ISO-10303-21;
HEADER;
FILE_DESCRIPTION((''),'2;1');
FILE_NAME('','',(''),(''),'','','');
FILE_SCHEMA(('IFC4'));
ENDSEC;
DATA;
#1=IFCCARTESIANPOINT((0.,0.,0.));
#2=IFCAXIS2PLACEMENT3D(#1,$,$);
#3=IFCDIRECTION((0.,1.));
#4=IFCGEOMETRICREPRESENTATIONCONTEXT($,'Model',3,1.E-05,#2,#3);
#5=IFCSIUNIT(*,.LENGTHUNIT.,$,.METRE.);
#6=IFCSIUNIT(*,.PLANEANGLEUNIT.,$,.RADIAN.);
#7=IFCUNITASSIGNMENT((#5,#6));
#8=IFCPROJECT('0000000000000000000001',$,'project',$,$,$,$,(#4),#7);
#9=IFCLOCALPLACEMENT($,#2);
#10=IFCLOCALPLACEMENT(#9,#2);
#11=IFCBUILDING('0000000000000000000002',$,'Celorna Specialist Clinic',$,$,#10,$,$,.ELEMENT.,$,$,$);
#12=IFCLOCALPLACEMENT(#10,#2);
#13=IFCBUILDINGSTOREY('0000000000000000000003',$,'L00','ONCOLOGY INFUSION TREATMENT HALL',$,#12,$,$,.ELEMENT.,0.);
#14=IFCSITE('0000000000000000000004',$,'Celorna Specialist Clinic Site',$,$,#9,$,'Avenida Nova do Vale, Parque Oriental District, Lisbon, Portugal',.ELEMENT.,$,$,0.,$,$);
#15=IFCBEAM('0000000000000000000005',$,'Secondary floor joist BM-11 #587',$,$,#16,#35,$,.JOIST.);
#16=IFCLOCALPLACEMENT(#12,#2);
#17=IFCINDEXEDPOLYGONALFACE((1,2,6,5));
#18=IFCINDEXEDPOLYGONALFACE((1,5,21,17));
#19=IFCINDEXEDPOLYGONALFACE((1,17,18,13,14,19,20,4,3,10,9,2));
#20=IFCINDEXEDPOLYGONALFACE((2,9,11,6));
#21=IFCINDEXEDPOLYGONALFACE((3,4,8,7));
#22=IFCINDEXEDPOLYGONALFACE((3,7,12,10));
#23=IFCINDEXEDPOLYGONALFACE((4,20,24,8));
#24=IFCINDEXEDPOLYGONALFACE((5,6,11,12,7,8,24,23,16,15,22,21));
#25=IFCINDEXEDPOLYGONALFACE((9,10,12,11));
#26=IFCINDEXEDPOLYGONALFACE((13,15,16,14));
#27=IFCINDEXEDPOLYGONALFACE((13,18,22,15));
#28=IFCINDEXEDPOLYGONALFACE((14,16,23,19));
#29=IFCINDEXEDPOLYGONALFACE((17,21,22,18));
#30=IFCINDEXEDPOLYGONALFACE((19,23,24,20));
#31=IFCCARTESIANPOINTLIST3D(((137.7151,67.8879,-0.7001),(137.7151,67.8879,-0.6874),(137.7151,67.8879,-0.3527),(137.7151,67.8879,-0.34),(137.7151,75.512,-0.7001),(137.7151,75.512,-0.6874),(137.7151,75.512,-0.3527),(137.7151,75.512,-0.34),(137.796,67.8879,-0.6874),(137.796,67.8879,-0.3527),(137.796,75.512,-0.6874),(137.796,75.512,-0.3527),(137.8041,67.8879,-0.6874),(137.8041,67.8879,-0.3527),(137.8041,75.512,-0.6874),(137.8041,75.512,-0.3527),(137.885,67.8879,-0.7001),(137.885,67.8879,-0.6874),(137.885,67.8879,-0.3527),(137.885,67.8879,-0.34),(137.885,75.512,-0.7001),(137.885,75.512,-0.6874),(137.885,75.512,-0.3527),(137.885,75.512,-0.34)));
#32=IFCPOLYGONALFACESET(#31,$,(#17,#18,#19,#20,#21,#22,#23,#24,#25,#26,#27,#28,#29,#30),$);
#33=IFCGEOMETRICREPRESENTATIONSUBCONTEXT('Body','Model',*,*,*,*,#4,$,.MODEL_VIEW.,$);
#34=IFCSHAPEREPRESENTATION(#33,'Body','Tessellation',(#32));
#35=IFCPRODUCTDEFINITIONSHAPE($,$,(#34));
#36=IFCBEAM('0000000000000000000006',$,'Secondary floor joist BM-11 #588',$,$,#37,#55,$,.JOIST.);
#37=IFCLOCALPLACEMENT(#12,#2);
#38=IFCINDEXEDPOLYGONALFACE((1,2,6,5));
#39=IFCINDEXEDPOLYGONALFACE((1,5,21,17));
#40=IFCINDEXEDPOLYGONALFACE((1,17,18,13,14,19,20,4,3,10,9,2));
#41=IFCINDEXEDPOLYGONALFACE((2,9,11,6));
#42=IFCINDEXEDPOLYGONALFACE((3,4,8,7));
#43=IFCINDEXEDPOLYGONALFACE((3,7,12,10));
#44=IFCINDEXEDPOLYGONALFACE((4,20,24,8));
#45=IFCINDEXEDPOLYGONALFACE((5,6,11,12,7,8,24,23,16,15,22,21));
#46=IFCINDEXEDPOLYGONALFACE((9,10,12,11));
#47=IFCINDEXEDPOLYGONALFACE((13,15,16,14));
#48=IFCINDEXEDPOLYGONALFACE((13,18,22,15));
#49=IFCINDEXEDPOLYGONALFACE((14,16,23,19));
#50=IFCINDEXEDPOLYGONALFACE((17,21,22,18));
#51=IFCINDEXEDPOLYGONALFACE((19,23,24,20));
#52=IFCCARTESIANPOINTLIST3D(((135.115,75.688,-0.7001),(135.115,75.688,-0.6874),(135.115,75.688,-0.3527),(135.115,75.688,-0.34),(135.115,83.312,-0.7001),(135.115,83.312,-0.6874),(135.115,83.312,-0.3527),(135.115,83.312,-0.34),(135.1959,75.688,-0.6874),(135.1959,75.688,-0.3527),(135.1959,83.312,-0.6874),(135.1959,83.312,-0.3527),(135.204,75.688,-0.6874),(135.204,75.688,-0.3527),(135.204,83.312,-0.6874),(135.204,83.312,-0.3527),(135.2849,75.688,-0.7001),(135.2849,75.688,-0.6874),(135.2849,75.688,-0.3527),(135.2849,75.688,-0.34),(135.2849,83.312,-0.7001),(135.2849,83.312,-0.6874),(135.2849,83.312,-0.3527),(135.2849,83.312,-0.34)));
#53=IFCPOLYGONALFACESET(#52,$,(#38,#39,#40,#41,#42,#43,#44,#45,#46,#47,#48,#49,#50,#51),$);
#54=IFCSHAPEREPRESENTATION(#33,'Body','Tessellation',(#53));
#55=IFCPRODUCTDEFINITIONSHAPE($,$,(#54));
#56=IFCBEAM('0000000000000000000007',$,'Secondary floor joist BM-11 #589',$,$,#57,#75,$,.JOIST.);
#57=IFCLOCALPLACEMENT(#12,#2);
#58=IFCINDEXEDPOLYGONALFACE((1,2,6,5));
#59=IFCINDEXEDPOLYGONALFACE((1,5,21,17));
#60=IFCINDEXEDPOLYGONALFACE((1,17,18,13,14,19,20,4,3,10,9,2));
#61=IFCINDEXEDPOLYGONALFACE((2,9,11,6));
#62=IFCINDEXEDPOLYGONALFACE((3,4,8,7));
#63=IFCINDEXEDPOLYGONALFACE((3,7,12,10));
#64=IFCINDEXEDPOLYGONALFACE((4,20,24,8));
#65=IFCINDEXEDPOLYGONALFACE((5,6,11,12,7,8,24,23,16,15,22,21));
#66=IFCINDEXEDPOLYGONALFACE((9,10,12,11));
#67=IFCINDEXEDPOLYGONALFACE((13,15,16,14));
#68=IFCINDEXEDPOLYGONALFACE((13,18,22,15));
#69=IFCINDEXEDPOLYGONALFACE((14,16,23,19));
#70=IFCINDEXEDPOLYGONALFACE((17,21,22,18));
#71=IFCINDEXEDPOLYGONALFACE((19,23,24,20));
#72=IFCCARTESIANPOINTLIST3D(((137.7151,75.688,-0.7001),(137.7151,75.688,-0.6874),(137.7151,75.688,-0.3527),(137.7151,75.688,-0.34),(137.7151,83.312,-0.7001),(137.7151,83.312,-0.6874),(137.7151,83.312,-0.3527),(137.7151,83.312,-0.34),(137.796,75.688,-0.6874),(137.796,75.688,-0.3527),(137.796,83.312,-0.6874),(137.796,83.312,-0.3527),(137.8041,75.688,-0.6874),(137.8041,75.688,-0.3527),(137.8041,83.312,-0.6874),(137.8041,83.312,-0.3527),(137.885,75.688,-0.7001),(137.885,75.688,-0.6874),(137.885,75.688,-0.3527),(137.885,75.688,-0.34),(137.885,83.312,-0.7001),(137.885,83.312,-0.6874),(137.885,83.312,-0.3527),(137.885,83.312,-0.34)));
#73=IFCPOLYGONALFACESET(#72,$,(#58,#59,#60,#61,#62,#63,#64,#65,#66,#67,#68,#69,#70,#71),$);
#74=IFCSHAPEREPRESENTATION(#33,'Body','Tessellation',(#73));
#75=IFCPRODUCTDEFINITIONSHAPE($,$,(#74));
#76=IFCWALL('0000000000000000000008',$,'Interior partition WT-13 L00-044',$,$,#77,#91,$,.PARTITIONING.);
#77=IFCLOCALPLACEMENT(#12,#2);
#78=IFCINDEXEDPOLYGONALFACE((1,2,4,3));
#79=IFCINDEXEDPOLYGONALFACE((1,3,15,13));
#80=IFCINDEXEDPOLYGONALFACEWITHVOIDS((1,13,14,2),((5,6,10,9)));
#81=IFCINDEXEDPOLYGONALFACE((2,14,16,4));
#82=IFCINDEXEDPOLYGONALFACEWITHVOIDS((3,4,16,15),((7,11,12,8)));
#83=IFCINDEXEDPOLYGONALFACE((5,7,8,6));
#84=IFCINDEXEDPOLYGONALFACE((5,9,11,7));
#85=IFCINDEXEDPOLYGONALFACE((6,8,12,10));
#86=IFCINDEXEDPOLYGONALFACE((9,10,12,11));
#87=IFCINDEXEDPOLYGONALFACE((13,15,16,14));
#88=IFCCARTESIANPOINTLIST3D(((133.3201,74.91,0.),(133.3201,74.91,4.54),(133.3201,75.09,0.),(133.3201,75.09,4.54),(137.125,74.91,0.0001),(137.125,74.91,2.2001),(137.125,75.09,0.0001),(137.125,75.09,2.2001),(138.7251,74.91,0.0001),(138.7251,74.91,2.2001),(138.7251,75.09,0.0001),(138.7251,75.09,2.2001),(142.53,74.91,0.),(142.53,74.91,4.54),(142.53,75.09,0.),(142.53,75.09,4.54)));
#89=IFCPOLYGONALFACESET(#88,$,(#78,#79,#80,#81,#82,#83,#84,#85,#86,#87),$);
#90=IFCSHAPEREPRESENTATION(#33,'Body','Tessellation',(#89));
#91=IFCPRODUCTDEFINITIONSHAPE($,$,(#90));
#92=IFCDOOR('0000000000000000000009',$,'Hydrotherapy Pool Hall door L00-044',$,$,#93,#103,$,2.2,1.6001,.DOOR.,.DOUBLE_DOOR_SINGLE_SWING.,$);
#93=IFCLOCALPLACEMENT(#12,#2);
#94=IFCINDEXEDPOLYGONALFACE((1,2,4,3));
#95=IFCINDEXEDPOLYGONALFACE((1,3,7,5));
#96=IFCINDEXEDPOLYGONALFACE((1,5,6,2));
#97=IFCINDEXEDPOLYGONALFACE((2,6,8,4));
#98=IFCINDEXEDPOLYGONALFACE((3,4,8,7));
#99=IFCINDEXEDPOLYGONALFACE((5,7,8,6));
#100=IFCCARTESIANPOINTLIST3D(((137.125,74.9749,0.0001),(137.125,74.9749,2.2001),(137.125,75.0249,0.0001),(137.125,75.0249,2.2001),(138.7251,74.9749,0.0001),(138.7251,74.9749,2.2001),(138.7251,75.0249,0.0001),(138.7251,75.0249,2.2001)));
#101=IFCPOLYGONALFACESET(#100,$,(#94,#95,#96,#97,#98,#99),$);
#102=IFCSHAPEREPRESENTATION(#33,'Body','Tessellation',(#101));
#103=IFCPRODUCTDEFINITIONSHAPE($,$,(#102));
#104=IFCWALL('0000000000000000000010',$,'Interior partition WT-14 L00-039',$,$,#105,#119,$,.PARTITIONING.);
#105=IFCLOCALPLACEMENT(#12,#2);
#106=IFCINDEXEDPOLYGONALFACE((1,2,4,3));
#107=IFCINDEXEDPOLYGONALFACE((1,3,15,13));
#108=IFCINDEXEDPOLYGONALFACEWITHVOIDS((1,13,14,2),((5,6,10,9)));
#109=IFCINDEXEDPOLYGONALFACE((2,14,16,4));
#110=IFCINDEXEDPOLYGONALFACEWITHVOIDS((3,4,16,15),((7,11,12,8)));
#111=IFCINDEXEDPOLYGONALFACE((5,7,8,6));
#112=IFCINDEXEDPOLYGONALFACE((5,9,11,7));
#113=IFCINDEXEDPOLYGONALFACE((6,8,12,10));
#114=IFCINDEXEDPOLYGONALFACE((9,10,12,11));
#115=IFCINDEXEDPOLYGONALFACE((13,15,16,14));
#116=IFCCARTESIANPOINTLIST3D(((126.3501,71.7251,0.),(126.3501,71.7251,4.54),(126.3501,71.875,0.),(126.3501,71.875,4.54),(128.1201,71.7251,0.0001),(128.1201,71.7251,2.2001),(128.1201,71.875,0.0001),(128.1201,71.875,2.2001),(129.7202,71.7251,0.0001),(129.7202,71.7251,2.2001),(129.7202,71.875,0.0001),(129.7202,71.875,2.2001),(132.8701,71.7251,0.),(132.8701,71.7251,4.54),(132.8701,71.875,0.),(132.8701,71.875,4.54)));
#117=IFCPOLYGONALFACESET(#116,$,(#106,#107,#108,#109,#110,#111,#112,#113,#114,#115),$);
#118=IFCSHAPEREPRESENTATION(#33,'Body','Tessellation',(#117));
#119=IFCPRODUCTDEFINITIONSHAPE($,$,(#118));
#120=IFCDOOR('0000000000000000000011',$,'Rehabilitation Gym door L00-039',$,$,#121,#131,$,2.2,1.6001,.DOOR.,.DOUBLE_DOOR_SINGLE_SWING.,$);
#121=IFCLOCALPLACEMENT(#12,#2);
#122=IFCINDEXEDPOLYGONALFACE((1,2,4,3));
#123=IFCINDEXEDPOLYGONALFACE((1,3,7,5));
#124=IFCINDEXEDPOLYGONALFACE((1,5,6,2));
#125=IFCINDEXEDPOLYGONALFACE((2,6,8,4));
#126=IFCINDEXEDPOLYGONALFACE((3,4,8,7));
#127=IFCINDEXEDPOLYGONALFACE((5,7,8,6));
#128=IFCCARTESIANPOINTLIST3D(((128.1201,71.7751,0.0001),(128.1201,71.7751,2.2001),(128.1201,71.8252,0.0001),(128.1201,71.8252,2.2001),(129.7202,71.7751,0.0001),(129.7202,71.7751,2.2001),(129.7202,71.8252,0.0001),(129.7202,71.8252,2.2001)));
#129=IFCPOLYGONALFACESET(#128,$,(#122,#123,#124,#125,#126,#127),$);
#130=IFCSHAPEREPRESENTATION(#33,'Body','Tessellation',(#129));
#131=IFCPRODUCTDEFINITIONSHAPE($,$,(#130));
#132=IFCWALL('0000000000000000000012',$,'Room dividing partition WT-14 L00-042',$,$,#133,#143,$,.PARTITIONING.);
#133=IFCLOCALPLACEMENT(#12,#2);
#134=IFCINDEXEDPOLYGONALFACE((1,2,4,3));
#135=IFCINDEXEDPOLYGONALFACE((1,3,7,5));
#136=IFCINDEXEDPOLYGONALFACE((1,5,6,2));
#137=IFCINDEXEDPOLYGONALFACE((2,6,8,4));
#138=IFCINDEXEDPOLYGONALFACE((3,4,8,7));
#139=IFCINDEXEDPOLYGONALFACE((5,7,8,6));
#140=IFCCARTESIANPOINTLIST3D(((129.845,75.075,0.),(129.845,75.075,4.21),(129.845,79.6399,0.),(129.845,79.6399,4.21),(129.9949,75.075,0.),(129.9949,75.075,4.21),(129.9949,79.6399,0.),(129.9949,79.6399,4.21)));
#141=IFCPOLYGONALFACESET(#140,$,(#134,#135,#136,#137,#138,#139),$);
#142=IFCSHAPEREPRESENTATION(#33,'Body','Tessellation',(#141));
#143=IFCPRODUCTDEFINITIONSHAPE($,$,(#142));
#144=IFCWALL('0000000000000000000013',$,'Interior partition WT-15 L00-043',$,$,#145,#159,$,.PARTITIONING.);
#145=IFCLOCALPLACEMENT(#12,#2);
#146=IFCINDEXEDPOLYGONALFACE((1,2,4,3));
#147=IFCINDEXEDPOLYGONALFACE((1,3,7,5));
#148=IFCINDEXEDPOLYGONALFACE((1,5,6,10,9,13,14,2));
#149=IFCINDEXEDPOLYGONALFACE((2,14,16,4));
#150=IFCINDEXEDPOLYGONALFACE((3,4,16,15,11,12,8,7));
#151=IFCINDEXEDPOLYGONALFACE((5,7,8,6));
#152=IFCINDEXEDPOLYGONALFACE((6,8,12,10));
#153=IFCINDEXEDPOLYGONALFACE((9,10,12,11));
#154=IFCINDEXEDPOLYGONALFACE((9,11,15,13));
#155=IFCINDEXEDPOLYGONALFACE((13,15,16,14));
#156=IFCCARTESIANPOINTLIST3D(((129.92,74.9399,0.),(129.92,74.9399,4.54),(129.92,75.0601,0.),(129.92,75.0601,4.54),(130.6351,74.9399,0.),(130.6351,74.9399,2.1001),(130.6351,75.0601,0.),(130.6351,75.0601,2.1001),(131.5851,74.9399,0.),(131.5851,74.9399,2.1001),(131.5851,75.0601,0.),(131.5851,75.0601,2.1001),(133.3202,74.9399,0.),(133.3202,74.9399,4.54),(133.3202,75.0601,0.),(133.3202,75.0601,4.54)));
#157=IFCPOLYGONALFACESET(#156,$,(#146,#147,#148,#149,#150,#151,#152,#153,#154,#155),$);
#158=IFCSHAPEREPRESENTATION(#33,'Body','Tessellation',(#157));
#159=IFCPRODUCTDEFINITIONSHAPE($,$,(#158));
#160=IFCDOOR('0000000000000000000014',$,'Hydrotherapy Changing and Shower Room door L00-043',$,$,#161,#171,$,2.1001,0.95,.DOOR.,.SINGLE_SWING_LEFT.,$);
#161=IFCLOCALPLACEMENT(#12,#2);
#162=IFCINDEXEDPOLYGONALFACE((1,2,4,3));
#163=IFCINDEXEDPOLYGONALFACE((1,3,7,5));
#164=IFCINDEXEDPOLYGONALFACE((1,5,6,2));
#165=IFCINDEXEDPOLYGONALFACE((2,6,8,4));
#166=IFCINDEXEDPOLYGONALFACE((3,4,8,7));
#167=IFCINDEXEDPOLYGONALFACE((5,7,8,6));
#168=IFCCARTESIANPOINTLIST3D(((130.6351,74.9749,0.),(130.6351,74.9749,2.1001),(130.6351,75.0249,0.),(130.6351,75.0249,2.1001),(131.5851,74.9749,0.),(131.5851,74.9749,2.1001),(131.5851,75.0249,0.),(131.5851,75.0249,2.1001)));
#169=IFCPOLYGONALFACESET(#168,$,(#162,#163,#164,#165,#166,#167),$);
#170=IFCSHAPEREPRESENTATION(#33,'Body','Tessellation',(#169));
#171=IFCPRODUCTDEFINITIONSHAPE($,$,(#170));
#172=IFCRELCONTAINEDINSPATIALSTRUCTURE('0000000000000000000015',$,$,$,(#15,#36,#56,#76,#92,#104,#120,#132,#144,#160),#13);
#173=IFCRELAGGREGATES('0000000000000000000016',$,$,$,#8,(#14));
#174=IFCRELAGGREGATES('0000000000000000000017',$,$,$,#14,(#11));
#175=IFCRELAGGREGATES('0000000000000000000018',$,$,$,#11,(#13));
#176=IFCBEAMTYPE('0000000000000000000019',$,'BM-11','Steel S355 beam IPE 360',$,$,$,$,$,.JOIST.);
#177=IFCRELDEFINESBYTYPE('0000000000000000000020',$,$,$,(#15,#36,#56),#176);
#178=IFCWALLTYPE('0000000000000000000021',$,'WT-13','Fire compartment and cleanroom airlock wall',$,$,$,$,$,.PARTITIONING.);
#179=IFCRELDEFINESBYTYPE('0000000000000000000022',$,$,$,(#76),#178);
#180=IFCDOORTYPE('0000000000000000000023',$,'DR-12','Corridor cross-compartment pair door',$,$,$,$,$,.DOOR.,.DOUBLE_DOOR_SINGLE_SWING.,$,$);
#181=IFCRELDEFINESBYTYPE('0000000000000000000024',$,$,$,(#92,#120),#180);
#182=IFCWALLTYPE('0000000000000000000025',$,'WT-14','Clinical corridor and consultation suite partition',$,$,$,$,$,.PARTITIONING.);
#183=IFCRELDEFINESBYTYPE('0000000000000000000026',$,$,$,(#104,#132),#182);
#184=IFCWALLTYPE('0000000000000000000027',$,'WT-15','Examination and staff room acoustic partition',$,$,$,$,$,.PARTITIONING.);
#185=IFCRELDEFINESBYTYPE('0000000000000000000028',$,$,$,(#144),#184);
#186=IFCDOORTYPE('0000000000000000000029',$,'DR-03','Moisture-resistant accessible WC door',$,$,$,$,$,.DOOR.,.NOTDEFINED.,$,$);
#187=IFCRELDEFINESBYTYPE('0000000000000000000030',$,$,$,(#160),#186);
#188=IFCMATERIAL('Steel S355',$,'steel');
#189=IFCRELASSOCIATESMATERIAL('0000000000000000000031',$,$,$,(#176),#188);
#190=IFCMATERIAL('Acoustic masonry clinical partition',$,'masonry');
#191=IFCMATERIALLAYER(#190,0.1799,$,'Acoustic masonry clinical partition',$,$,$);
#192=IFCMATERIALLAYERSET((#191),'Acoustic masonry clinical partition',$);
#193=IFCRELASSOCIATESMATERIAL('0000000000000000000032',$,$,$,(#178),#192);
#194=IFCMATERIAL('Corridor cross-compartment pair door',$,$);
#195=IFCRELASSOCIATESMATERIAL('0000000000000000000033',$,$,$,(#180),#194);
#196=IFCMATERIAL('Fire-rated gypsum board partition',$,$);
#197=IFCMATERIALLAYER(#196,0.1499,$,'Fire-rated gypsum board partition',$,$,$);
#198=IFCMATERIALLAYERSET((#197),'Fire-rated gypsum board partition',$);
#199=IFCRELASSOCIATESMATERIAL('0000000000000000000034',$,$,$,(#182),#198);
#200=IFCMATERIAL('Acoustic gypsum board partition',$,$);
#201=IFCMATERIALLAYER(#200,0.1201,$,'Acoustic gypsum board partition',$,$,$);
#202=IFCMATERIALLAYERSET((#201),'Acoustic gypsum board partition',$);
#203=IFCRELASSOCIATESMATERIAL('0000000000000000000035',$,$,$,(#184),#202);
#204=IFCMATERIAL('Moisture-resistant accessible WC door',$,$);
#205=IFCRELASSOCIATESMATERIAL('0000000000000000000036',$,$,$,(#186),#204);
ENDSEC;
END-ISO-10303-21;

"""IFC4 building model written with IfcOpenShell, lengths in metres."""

from ifc_helpers import new_model, si_unit, direction, frame, frame_2d, origin, origin_2d, place, context, subcontext, project, spatial, rectangle, i_section, extrude, material, layer, layer_set, material_profile, profile_set, type_object, element, fill, save


model = new_model("IFC4")

# Units and contexts
model_context = context("Model", 3, precision=1e-05, world=origin(), true_north=direction((0.0, 1.0)))
body_context = subcontext(model_context, "Body", "Model", "MODEL_VIEW")
ifc_project = project(units=[si_unit("LENGTHUNIT", "METRE"), si_unit("PLANEANGLEUNIT", "RADIAN")], contexts=[model_context])

# Site, building, storey
site_placement = place(None, origin())
site = spatial("IfcSite", under=ifc_project, at=site_placement, Name="Celorna Specialist Clinic Site", LongName="Avenida Nova do Vale, Parque Oriental District, Lisbon, Portugal", CompositionType="ELEMENT", RefElevation=0.0)
building_placement = place(site_placement, origin())
building = spatial("IfcBuilding", under=site, at=building_placement, Name="Celorna Specialist Clinic", CompositionType="ELEMENT")
storey_placement = place(building_placement, origin())
storey = spatial("IfcBuildingStorey", under=building, at=storey_placement, Name="L00", Description="ONCOLOGY INFUSION TREATMENT HALL", CompositionType="ELEMENT", Elevation=0.0)

# Shared definitions
ifc_material_1 = material(Name="Steel S355", Category="steel")

# Beams
ifc_material_profile_1 = material_profile(ifc_material_1, i_section(OverallWidth=0.1699, OverallDepth=0.3601, WebThickness=0.0081, FlangeThickness=0.0127, at=origin_2d()), Name="IPE 360")
ifc_profile_set_1 = profile_set([ifc_material_profile_1], Name="Steel S355")
beam_type_1 = type_object("IfcBeamType", Name="BM-11", Description="Steel S355 beam IPE 360", PredefinedType="JOIST", material=ifc_profile_set_1)
for number, where, z_axis, x_axis, name in (
    (1, (137.8, 67.8879, -0.52), (0.0, 1.0, 0.0), (-1.0, 0.0, 0.0), "Secondary floor joist BM-11 #587"),
    (2, (135.2, 75.688, -0.52), (0.0, 1.0, 0.0), (-1.0, 0.0, 0.0), "Secondary floor joist BM-11 #588"),
    (3, (137.8, 75.688, -0.52), (0.0, 1.0, 0.0), (-1.0, 0.0, 0.0), "Secondary floor joist BM-11 #589"),
):
    element("IfcBeam", number, at=place(storey_placement, frame(where, z_axis=z_axis, x_axis=x_axis)), inside=storey, type_object=beam_type_1, Name=name, PredefinedType="JOIST", context=body_context, shape_type="SweptSolid", body=[
        extrude(i_section(OverallWidth=0.1699, OverallDepth=0.3601, WebThickness=0.0081, FlangeThickness=0.0127, at=origin_2d()), origin(), (0.0, 0.0, 1.0), 7.624),
    ])

# Walls, openings, doors
ifc_material_2 = material(Name="Acoustic masonry clinical partition", Category="masonry")
ifc_layer_1 = layer(ifc_material_2, 0.1799, Name="Acoustic masonry clinical partition")
ifc_layer_set_1 = layer_set([ifc_layer_1], Name="Acoustic masonry clinical partition")
wall_type_1 = type_object("IfcWallType", Name="WT-13", Description="Fire compartment and cleanroom airlock wall", PredefinedType="PARTITIONING", material=ifc_layer_set_1)
wall_1_placement = place(storey_placement, frame((133.3201, 75.0, 0.0), z_axis=(0.0, 0.0, 1.0), x_axis=(1.0, 0.0, 0.0)))
wall_1 = element("IfcWall", 4, at=wall_1_placement, inside=storey, type_object=wall_type_1, Name="Interior partition WT-13 L00-044", PredefinedType="PARTITIONING", context=body_context, shape_type="SweptSolid", body=[
    extrude(rectangle(XDim=9.21, YDim=0.1799, at=frame_2d((4.605, 0.0))), origin(), (0.0, 0.0, 1.0), 4.54),
])
opening_1_placement = place(wall_1_placement, frame((3.8049, 0.0, 0.0)))
opening_1 = element("IfcOpeningElement", 5, at=opening_1_placement, cuts=wall_1, PredefinedType="OPENING", context=body_context, shape_type="SweptSolid", body=[
    extrude(rectangle(XDim=1.6001, YDim=2.2, at=frame_2d((0.8, 1.1001))), frame((0.0, 0.0999, 0.0), z_axis=(0.0, -1.0, 0.0), x_axis=(1.0, 0.0, 0.0)), (0.0, 0.0, 1.0), 0.2),
])
ifc_material_3 = material(Name="Corridor cross-compartment pair door")
door_type_1 = type_object("IfcDoorType", Name="DR-12", Description="Corridor cross-compartment pair door", OperationType="DOUBLE_DOOR_SINGLE_SWING", PredefinedType="DOOR", material=ifc_material_3)
door_1_placement = place(opening_1_placement, origin())
door_1 = element("IfcDoor", 6, at=door_1_placement, inside=storey, type_object=door_type_1, Name="Hydrotherapy Pool Hall door L00-044", OperationType="DOUBLE_DOOR_SINGLE_SWING", OverallHeight=2.2, OverallWidth=1.6001, PredefinedType="DOOR", context=body_context, shape_type="SweptSolid", body=[
    extrude(rectangle(XDim=1.6001, YDim=2.2, at=frame_2d((0.8, 1.1001))), frame((0.0, 0.0249, 0.0), z_axis=(0.0, -1.0, 0.0), x_axis=(1.0, 0.0, 0.0)), (0.0, 0.0, 1.0), 0.05),
])
fill(opening_1, door_1)
ifc_material_4 = material(Name="Fire-rated gypsum board partition")
ifc_layer_2 = layer(ifc_material_4, 0.1499, Name="Fire-rated gypsum board partition")
ifc_layer_set_2 = layer_set([ifc_layer_2], Name="Fire-rated gypsum board partition")
wall_type_2 = type_object("IfcWallType", Name="WT-14", Description="Clinical corridor and consultation suite partition", PredefinedType="PARTITIONING", material=ifc_layer_set_2)
wall_2_placement = place(storey_placement, frame((132.8701, 71.8, 0.0), z_axis=(0.0, 0.0, 1.0), x_axis=(-1.0, 0.0, 0.0)))
wall_2 = element("IfcWall", 7, at=wall_2_placement, inside=storey, type_object=wall_type_2, Name="Interior partition WT-14 L00-039", PredefinedType="PARTITIONING", context=body_context, shape_type="SweptSolid", body=[
    extrude(rectangle(XDim=6.52, YDim=0.1499, at=frame_2d((3.26, 0.0))), origin(), (0.0, 0.0, 1.0), 4.54),
])
opening_2_placement = place(wall_2_placement, frame((3.1499, 0.0, 0.0)))
opening_2 = element("IfcOpeningElement", 8, at=opening_2_placement, cuts=wall_2, PredefinedType="OPENING", context=body_context, shape_type="SweptSolid", body=[
    extrude(rectangle(XDim=1.6001, YDim=2.2, at=frame_2d((0.8, 1.1001))), frame((0.0, 0.085, 0.0), z_axis=(0.0, -1.0, 0.0), x_axis=(1.0, 0.0, 0.0)), (0.0, 0.0, 1.0), 0.1699),
])
door_2_placement = place(opening_2_placement, origin())
door_2 = element("IfcDoor", 9, at=door_2_placement, inside=storey, type_object=door_type_1, Name="Rehabilitation Gym door L00-039", OperationType="DOUBLE_DOOR_SINGLE_SWING", OverallHeight=2.2, OverallWidth=1.6001, PredefinedType="DOOR", context=body_context, shape_type="SweptSolid", body=[
    extrude(rectangle(XDim=1.6001, YDim=2.2, at=frame_2d((0.8, 1.1001))), frame((0.0, 0.0249, 0.0), z_axis=(0.0, -1.0, 0.0), x_axis=(1.0, 0.0, 0.0)), (0.0, 0.0, 1.0), 0.05),
])
fill(opening_2, door_2)

# Wall
wall_3_placement = place(storey_placement, frame((129.9199, 75.075, 0.0), z_axis=(0.0, 0.0, 1.0), x_axis=(0.0, 1.0, 0.0)))
element("IfcWall", 10, at=wall_3_placement, inside=storey, type_object=wall_type_2, Name="Room dividing partition WT-14 L00-042", PredefinedType="PARTITIONING", context=body_context, shape_type="SweptSolid", body=[
    extrude(rectangle(XDim=4.5649, YDim=0.1499, at=frame_2d((2.2825, 0.0))), origin(), (0.0, 0.0, 1.0), 4.21),
])

# Wall, opening, door
ifc_material_5 = material(Name="Acoustic gypsum board partition")
ifc_layer_3 = layer(ifc_material_5, 0.1201, Name="Acoustic gypsum board partition")
ifc_layer_set_3 = layer_set([ifc_layer_3], Name="Acoustic gypsum board partition")
wall_type_3 = type_object("IfcWallType", Name="WT-15", Description="Examination and staff room acoustic partition", PredefinedType="PARTITIONING", material=ifc_layer_set_3)
wall_4_placement = place(storey_placement, frame((129.9199, 75.0, 0.0), z_axis=(0.0, 0.0, 1.0), x_axis=(1.0, 0.0, 0.0)))
wall_4 = element("IfcWall", 11, at=wall_4_placement, inside=storey, type_object=wall_type_3, Name="Interior partition WT-15 L00-043", PredefinedType="PARTITIONING", context=body_context, shape_type="SweptSolid", body=[
    extrude(rectangle(XDim=3.4001, YDim=0.1201, at=frame_2d((1.7002, 0.0))), origin(), (0.0, 0.0, 1.0), 4.54),
])
opening_3_placement = place(wall_4_placement, frame((0.7151, 0.0, 0.0)))
opening_3 = element("IfcOpeningElement", 12, at=opening_3_placement, cuts=wall_4, PredefinedType="OPENING", context=body_context, shape_type="SweptSolid", body=[
    extrude(rectangle(XDim=0.95, YDim=2.1001, at=frame_2d((0.4751, 1.05))), frame((0.0, 0.0701, 0.0), z_axis=(0.0, -1.0, 0.0), x_axis=(1.0, 0.0, 0.0)), (0.0, 0.0, 1.0), 0.1401),
])
ifc_material_6 = material(Name="Moisture-resistant accessible WC door")
door_type_2 = type_object("IfcDoorType", Name="DR-03", Description="Moisture-resistant accessible WC door", OperationType="NOTDEFINED", PredefinedType="DOOR", material=ifc_material_6)
door_3_placement = place(opening_3_placement, origin())
door_3 = element("IfcDoor", 13, at=door_3_placement, inside=storey, type_object=door_type_2, Name="Hydrotherapy Changing and Shower Room door L00-043", OperationType="SINGLE_SWING_LEFT", OverallHeight=2.1001, OverallWidth=0.95, PredefinedType="DOOR", context=body_context, shape_type="SweptSolid", body=[
    extrude(rectangle(XDim=0.95, YDim=2.1001, at=frame_2d((0.4751, 1.05))), frame((0.0, 0.0249, 0.0), z_axis=(0.0, -1.0, 0.0), x_axis=(1.0, 0.0, 0.0)), (0.0, 0.0, 1.0), 0.05),
])
fill(opening_3, door_3)

save(model, "model.ifc")
